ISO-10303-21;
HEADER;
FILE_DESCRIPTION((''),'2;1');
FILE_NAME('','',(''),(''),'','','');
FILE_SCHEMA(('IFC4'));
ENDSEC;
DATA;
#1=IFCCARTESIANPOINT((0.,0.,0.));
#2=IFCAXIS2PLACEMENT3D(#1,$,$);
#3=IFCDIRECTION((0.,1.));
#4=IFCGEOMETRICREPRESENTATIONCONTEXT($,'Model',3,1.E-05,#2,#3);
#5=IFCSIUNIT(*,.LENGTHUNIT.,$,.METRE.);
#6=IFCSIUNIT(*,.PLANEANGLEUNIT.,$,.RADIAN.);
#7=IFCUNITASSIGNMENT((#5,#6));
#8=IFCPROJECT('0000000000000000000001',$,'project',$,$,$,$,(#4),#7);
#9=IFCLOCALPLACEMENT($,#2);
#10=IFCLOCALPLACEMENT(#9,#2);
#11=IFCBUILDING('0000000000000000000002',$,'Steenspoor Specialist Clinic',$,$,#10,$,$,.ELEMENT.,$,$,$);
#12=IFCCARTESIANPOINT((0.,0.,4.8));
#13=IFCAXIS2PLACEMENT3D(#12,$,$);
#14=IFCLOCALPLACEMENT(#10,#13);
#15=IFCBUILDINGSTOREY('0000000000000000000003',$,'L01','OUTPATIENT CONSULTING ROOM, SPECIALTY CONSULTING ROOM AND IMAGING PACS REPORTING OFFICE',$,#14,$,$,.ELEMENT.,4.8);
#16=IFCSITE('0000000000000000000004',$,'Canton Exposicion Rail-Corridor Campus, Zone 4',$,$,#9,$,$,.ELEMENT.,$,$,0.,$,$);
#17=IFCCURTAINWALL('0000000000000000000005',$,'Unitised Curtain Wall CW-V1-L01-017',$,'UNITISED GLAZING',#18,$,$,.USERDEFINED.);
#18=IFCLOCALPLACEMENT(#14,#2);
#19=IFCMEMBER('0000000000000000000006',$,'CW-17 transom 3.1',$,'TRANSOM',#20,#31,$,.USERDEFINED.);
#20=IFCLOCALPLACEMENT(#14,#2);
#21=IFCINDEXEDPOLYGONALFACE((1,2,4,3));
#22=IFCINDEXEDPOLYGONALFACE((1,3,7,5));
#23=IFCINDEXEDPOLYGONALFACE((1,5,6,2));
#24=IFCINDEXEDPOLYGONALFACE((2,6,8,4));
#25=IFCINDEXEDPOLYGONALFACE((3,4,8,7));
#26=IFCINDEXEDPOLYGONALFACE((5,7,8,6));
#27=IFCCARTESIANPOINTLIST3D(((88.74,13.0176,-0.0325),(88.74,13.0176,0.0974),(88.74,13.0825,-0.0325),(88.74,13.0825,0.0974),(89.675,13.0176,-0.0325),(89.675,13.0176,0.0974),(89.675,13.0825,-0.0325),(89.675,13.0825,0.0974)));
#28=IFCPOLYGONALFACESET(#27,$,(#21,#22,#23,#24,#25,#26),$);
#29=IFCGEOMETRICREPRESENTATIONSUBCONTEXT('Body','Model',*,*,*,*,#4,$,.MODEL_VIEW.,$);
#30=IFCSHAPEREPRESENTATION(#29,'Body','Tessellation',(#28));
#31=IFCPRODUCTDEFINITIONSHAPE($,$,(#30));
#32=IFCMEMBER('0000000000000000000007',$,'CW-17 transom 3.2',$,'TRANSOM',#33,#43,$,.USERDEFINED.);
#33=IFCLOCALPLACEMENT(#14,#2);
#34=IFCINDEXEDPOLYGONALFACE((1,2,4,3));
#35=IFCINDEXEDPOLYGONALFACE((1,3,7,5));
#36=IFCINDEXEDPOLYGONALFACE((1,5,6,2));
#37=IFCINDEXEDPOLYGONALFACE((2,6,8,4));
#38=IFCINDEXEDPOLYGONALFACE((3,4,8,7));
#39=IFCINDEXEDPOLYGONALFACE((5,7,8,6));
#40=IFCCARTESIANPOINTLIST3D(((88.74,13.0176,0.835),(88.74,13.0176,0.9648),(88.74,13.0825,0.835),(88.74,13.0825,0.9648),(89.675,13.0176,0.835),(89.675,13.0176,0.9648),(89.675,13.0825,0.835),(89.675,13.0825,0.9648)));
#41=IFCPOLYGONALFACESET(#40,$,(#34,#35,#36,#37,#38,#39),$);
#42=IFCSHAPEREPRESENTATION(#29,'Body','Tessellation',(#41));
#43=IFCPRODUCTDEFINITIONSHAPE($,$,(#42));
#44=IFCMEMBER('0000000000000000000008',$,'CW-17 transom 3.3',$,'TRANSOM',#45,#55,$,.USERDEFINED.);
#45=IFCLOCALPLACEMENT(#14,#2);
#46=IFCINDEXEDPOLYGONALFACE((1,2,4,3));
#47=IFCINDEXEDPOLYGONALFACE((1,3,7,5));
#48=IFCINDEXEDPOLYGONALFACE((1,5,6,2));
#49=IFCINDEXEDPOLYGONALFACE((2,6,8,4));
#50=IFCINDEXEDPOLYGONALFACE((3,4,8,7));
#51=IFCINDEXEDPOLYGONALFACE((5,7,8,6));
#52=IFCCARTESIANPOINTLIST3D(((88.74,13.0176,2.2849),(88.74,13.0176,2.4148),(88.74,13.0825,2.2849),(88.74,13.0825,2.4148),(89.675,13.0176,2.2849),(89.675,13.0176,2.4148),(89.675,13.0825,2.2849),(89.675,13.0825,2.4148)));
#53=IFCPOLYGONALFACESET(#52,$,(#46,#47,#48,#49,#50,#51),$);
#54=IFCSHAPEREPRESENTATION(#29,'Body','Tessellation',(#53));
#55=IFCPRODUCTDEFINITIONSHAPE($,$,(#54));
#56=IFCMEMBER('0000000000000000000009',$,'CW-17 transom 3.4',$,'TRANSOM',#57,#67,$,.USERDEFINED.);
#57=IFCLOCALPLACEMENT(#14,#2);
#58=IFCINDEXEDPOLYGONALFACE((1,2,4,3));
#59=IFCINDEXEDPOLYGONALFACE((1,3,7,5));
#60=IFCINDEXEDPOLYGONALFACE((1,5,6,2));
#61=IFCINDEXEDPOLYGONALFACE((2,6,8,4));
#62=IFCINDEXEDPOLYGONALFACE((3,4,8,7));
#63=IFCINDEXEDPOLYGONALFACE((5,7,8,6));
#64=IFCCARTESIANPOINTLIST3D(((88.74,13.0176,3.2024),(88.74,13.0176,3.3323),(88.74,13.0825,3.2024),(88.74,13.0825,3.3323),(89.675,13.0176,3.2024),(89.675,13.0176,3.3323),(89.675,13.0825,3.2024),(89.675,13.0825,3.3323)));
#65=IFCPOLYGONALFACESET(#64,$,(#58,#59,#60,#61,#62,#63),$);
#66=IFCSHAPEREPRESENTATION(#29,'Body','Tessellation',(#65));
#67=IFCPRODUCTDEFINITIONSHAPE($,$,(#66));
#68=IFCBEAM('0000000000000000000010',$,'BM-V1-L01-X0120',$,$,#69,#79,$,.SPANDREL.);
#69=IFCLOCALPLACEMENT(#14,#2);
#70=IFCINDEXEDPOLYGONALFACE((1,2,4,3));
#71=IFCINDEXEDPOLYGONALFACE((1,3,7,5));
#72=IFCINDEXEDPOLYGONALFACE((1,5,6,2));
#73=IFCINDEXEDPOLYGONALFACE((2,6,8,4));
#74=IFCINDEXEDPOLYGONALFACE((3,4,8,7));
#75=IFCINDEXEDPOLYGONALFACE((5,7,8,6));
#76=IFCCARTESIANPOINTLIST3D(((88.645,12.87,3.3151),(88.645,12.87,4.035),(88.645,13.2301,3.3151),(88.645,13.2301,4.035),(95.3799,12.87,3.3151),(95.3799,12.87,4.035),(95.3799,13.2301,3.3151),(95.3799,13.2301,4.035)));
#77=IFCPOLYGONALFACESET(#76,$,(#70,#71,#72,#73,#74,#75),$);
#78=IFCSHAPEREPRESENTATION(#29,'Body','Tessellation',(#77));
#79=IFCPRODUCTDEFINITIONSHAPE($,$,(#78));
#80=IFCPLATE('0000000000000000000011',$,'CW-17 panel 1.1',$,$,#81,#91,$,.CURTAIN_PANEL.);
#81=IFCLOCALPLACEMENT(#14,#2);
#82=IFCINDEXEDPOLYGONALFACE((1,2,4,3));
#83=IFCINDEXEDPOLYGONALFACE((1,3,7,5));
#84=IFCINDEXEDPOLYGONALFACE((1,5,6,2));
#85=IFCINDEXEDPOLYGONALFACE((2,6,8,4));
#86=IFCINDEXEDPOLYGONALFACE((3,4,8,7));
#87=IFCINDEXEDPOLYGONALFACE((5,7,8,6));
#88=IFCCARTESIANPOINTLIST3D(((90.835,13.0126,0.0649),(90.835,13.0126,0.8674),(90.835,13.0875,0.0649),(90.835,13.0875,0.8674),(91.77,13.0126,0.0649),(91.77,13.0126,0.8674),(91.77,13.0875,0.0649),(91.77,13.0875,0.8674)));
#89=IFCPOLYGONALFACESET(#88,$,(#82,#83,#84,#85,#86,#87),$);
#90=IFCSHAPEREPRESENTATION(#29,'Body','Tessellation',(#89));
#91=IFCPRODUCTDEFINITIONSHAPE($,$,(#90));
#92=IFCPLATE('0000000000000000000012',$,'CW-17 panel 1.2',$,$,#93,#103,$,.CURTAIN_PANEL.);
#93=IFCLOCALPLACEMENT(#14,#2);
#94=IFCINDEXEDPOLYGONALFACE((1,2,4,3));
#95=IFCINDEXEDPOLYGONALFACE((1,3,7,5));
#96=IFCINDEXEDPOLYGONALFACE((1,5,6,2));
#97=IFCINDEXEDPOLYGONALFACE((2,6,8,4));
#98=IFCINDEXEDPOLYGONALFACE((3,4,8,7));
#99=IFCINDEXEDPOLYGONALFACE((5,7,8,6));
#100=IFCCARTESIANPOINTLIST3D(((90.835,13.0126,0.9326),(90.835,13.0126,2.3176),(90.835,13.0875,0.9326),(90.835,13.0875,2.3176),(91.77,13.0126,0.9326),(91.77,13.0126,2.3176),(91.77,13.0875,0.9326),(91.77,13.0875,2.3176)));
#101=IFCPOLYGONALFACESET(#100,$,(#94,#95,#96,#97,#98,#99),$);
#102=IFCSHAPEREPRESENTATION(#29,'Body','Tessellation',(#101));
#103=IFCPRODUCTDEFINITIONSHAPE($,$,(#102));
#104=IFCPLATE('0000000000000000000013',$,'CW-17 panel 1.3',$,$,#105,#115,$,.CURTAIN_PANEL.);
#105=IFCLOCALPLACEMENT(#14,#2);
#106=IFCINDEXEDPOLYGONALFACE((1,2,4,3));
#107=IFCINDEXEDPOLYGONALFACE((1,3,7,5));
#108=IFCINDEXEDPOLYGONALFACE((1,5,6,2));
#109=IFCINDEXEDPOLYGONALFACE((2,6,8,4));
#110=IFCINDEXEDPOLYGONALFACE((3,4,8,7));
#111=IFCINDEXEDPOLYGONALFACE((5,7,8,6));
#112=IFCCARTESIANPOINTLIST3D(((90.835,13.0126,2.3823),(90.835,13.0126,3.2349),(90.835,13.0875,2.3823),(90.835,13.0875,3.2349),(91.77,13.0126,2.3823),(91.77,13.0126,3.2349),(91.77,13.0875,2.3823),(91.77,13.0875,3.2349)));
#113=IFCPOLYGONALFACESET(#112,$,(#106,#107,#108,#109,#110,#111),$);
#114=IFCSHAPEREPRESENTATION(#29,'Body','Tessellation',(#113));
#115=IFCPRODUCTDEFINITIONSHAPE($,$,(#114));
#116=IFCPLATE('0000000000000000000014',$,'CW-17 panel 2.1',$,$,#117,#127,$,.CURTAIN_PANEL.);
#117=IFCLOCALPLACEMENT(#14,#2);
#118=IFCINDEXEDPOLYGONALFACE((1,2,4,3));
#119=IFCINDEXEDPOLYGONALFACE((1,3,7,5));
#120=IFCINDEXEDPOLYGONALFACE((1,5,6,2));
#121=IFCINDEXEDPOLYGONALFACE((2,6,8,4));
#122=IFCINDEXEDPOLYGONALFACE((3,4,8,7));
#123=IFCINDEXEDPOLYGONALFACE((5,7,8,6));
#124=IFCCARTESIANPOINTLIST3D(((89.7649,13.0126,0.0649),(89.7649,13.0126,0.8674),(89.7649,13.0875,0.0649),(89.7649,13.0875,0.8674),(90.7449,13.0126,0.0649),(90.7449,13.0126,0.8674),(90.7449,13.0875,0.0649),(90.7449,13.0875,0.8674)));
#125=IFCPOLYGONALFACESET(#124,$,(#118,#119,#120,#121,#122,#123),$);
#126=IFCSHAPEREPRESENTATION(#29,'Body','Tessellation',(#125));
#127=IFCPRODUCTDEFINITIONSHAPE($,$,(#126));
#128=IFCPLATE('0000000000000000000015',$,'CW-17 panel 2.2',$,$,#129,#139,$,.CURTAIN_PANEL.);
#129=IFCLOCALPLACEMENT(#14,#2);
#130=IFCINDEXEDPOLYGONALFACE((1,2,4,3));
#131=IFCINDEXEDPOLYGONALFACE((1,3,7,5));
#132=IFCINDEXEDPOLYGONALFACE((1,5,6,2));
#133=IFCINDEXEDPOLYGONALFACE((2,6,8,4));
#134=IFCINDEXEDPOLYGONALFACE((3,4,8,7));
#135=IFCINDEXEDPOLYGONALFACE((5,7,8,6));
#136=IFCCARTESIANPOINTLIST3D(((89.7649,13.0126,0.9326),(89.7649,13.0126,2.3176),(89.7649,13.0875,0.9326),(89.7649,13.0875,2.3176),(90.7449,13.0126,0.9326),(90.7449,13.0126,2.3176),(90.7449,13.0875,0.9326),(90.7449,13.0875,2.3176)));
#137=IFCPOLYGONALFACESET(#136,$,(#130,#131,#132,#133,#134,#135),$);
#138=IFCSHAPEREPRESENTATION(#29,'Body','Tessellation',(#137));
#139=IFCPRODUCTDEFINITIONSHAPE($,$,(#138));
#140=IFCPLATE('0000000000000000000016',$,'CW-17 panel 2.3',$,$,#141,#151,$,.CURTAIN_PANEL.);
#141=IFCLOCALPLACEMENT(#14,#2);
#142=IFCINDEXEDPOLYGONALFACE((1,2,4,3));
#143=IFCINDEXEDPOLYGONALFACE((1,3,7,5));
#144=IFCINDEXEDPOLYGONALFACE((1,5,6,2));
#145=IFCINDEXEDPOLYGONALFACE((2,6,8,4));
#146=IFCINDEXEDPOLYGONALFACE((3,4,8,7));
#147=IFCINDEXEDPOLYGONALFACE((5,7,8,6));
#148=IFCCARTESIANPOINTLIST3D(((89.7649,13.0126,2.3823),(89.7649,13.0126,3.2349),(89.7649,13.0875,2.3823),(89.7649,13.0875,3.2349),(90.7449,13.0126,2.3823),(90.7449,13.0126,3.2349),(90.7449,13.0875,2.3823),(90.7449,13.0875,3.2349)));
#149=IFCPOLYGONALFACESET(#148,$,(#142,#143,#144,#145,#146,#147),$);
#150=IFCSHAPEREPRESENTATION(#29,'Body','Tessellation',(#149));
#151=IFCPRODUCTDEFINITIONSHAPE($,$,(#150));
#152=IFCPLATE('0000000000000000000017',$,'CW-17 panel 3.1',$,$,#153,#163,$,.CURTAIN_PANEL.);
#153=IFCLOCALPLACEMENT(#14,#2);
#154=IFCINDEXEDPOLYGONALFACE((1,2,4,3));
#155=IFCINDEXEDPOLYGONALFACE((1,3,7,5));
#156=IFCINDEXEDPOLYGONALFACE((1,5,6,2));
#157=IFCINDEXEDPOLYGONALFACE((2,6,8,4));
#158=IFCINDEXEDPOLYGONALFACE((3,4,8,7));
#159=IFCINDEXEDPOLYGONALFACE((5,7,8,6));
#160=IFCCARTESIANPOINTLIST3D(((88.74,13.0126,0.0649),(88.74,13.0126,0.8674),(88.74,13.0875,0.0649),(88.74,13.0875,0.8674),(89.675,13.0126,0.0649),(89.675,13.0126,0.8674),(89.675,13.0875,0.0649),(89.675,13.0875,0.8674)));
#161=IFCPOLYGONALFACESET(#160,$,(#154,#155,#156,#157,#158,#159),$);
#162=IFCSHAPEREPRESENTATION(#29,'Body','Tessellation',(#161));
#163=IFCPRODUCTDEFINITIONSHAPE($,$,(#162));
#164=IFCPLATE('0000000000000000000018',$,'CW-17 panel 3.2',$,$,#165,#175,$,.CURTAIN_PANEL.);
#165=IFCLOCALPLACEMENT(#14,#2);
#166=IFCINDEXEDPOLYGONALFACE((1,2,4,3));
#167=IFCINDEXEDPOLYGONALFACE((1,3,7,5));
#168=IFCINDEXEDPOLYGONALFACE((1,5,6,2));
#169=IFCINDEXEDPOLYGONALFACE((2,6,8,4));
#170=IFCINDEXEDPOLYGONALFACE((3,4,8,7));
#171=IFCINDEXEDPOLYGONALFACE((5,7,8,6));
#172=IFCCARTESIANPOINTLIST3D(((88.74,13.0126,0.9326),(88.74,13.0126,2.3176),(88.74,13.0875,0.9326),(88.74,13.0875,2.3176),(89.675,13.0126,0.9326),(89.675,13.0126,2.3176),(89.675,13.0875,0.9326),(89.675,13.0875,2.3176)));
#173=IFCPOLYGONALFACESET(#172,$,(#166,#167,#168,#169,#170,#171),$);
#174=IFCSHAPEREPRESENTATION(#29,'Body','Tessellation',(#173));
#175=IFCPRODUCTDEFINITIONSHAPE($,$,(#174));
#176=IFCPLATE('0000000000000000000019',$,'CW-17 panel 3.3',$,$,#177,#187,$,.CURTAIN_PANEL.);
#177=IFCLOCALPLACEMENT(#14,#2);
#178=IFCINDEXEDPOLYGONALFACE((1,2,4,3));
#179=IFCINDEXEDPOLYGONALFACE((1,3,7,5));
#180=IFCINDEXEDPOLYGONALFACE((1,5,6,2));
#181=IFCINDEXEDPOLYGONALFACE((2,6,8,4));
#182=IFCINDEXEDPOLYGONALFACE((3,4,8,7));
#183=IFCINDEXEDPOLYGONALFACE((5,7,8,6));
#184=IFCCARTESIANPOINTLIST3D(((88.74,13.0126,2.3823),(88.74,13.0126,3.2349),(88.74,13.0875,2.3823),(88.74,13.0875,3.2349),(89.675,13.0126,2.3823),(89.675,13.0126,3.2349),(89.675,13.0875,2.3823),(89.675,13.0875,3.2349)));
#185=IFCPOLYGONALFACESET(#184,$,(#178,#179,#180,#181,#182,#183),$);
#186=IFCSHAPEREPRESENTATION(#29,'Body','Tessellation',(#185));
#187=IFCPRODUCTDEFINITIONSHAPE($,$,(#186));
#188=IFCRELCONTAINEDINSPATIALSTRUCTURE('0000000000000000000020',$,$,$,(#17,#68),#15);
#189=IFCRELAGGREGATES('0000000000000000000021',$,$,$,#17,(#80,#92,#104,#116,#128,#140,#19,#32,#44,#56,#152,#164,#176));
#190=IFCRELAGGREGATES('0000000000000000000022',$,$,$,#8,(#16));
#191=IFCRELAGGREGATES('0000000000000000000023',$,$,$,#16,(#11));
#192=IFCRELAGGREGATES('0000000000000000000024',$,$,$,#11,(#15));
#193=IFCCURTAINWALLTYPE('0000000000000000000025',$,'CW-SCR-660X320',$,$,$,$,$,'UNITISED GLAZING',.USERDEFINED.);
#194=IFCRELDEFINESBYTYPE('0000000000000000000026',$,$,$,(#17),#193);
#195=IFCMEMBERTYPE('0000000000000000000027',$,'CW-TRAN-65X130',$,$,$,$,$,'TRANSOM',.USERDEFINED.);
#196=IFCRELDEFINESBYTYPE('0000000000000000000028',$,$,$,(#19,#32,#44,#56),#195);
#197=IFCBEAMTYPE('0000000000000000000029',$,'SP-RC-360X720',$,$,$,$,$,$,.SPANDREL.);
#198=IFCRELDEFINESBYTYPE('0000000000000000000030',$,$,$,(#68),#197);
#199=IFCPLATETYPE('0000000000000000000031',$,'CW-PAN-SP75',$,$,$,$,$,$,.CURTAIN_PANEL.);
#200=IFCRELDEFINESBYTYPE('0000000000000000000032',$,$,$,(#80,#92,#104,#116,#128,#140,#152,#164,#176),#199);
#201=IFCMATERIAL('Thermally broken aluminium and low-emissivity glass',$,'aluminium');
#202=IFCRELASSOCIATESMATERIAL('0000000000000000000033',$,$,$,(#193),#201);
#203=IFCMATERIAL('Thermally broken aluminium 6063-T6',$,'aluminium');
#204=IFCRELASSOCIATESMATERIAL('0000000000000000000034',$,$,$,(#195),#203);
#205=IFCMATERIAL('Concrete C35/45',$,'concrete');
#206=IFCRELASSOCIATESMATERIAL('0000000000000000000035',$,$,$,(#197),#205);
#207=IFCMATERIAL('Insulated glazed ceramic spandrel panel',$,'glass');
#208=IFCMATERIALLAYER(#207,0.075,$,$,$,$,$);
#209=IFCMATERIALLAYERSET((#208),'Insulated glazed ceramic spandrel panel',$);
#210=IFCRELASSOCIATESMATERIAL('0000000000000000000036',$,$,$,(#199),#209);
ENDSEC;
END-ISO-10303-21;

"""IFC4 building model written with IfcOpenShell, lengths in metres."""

from ifc_helpers import new_model, si_unit, direction, frame, origin, origin_2d, place, context, subcontext, project, spatial, rectangle, extrude, material, layer, layer_set, material_profile, profile_set, type_object, element, aggregate, save


model = new_model("IFC4")

# Units and contexts
model_context = context("Model", 3, precision=1e-05, world=origin(), true_north=direction((0.0, 1.0)))
body_context = subcontext(model_context, "Body", "Model", "MODEL_VIEW")
ifc_project = project(units=[si_unit("LENGTHUNIT", "METRE"), si_unit("PLANEANGLEUNIT", "RADIAN")], contexts=[model_context])

# Site, building, storey
site_placement = place(None, origin())
site = spatial("IfcSite", under=ifc_project, at=site_placement, Name="Canton Exposicion Rail-Corridor Campus, Zone 4", CompositionType="ELEMENT", RefElevation=0.0)
building_placement = place(site_placement, origin())
building = spatial("IfcBuilding", under=site, at=building_placement, Name="Steenspoor Specialist Clinic", CompositionType="ELEMENT")
storey_placement = place(building_placement, frame((0.0, 0.0, 4.8)))
storey = spatial("IfcBuildingStorey", under=building, at=storey_placement, Name="L01", Description="OUTPATIENT CONSULTING ROOM, SPECIALTY CONSULTING ROOM AND IMAGING PACS REPORTING OFFICE", CompositionType="ELEMENT", Elevation=4.8)

# Curtain wall, members
ifc_material_1 = material(Name="Thermally broken aluminium and low-emissivity glass", Category="aluminium")
curtain_wall_type = type_object("IfcCurtainWallType", Name="CW-SCR-660X320", ElementType="UNITISED GLAZING", PredefinedType="USERDEFINED", material=ifc_material_1)
curtain_wall_placement = place(storey_placement, origin())
curtain_wall = element("IfcCurtainWall", 1, at=curtain_wall_placement, inside=storey, type_object=curtain_wall_type, Name="Unitised Curtain Wall CW-V1-L01-017", ObjectType="UNITISED GLAZING", PredefinedType="USERDEFINED")
ifc_material_2 = material(Name="Thermally broken aluminium 6063-T6", Category="aluminium")
ifc_material_profile_1 = material_profile(ifc_material_2, rectangle(XDim=0.0649, YDim=0.1299, at=origin_2d()), Name="CWT-65X130")
ifc_profile_set_1 = profile_set([ifc_material_profile_1], Name="Thermally broken aluminium 6063-T6")
member_type_1 = type_object("IfcMemberType", Name="CW-TRAN-65X130", ElementType="TRANSOM", PredefinedType="USERDEFINED", material=ifc_profile_set_1)
member_1_placement = place(storey_placement, frame((89.675, 13.05, 0.0325), z_axis=(-1.0, 0.0, 0.0), x_axis=(0.0, -1.0, 0.0)))
member_1 = element("IfcMember", 2, at=member_1_placement, type_object=member_type_1, Name="CW-17 transom 3.1", ObjectType="TRANSOM", PredefinedType="USERDEFINED", context=body_context, shape_type="SweptSolid", body=[
    extrude(rectangle(XDim=0.0649, YDim=0.1299, at=origin_2d()), origin(), (0.0, 0.0, 1.0), 0.9351),
])
member_2_placement = place(storey_placement, frame((89.675, 13.05, 0.8999), z_axis=(-1.0, 0.0, 0.0), x_axis=(0.0, -1.0, 0.0)))
member_2 = element("IfcMember", 3, at=member_2_placement, type_object=member_type_1, Name="CW-17 transom 3.2", ObjectType="TRANSOM", PredefinedType="USERDEFINED", context=body_context, shape_type="SweptSolid", body=[
    extrude(rectangle(XDim=0.0649, YDim=0.1299, at=origin_2d()), origin(), (0.0, 0.0, 1.0), 0.9351),
])
member_3_placement = place(storey_placement, frame((89.675, 13.05, 2.3499), z_axis=(-1.0, 0.0, 0.0), x_axis=(0.0, -1.0, 0.0)))
member_3 = element("IfcMember", 4, at=member_3_placement, type_object=member_type_1, Name="CW-17 transom 3.3", ObjectType="TRANSOM", PredefinedType="USERDEFINED", context=body_context, shape_type="SweptSolid", body=[
    extrude(rectangle(XDim=0.0649, YDim=0.1299, at=origin_2d()), origin(), (0.0, 0.0, 1.0), 0.9351),
])
member_4_placement = place(storey_placement, frame((89.675, 13.05, 3.2673), z_axis=(-1.0, 0.0, 0.0), x_axis=(0.0, -1.0, 0.0)))
member_4 = element("IfcMember", 5, at=member_4_placement, type_object=member_type_1, Name="CW-17 transom 3.4", ObjectType="TRANSOM", PredefinedType="USERDEFINED", context=body_context, shape_type="SweptSolid", body=[
    extrude(rectangle(XDim=0.0649, YDim=0.1299, at=origin_2d()), origin(), (0.0, 0.0, 1.0), 0.9351),
])

# Beam
ifc_material_3 = material(Name="Concrete C35/45", Category="concrete")
ifc_material_profile_2 = material_profile(ifc_material_3, rectangle(XDim=0.3601, YDim=0.72, at=origin_2d()), Name="RC-SP-360X720")
ifc_profile_set_2 = profile_set([ifc_material_profile_2], Name="Concrete C35/45")
beam_type = type_object("IfcBeamType", Name="SP-RC-360X720", PredefinedType="SPANDREL", material=ifc_profile_set_2)
beam_placement = place(storey_placement, frame((88.645, 13.05, 3.675), z_axis=(1.0, 0.0, 0.0), x_axis=(0.0, 1.0, 0.0)))
element("IfcBeam", 6, at=beam_placement, inside=storey, type_object=beam_type, Name="BM-V1-L01-X0120", PredefinedType="SPANDREL", context=body_context, shape_type="SweptSolid", body=[
    extrude(rectangle(XDim=0.3601, YDim=0.72, at=origin_2d()), origin(), (0.0, 0.0, 1.0), 6.7349),
])

# Plates
ifc_material_4 = material(Name="Insulated glazed ceramic spandrel panel", Category="glass")
ifc_layer_1 = layer(ifc_material_4, 0.075)
ifc_layer_set_1 = layer_set([ifc_layer_1], Name="Insulated glazed ceramic spandrel panel")
plate_type = type_object("IfcPlateType", Name="CW-PAN-SP75", PredefinedType="CURTAIN_PANEL", material=ifc_layer_set_1)
plate_1_placement = place(storey_placement, frame((91.3025, 13.05, 0.0649), z_axis=(0.0, 0.0, 1.0), x_axis=(-1.0, 0.0, 0.0)))
plate_1 = element("IfcPlate", 7, at=plate_1_placement, type_object=plate_type, Name="CW-17 panel 1.1", PredefinedType="CURTAIN_PANEL", context=body_context, shape_type="SweptSolid", body=[
    extrude(rectangle(XDim=0.9351, YDim=0.075, at=origin_2d()), origin(), (0.0, 0.0, 1.0), 0.8025),
])
plate_2_placement = place(storey_placement, frame((91.3025, 13.05, 0.9326), z_axis=(0.0, 0.0, 1.0), x_axis=(-1.0, 0.0, 0.0)))
plate_2 = element("IfcPlate", 8, at=plate_2_placement, type_object=plate_type, Name="CW-17 panel 1.2", PredefinedType="CURTAIN_PANEL", context=body_context, shape_type="SweptSolid", body=[
    extrude(rectangle(XDim=0.9351, YDim=0.075, at=origin_2d()), origin(), (0.0, 0.0, 1.0), 1.385),
])
plate_3_placement = place(storey_placement, frame((91.3025, 13.05, 2.3823), z_axis=(0.0, 0.0, 1.0), x_axis=(-1.0, 0.0, 0.0)))
plate_3 = element("IfcPlate", 9, at=plate_3_placement, type_object=plate_type, Name="CW-17 panel 1.3", PredefinedType="CURTAIN_PANEL", context=body_context, shape_type="SweptSolid", body=[
    extrude(rectangle(XDim=0.9351, YDim=0.075, at=origin_2d()), origin(), (0.0, 0.0, 1.0), 0.8525),
])
plate_4_placement = place(storey_placement, frame((90.2549, 13.05, 0.0649), z_axis=(0.0, 0.0, 1.0), x_axis=(-1.0, 0.0, 0.0)))
plate_4 = element("IfcPlate", 10, at=plate_4_placement, type_object=plate_type, Name="CW-17 panel 2.1", PredefinedType="CURTAIN_PANEL", context=body_context, shape_type="SweptSolid", body=[
    extrude(rectangle(XDim=0.98, YDim=0.075, at=origin_2d()), origin(), (0.0, 0.0, 1.0), 0.8025),
])
plate_5_placement = place(storey_placement, frame((90.2549, 13.05, 0.9326), z_axis=(0.0, 0.0, 1.0), x_axis=(-1.0, 0.0, 0.0)))
plate_5 = element("IfcPlate", 11, at=plate_5_placement, type_object=plate_type, Name="CW-17 panel 2.2", PredefinedType="CURTAIN_PANEL", context=body_context, shape_type="SweptSolid", body=[
    extrude(rectangle(XDim=0.98, YDim=0.075, at=origin_2d()), origin(), (0.0, 0.0, 1.0), 1.385),
])
plate_6_placement = place(storey_placement, frame((90.2549, 13.05, 2.3823), z_axis=(0.0, 0.0, 1.0), x_axis=(-1.0, 0.0, 0.0)))
plate_6 = element("IfcPlate", 12, at=plate_6_placement, type_object=plate_type, Name="CW-17 panel 2.3", PredefinedType="CURTAIN_PANEL", context=body_context, shape_type="SweptSolid", body=[
    extrude(rectangle(XDim=0.98, YDim=0.075, at=origin_2d()), origin(), (0.0, 0.0, 1.0), 0.8525),
])
plate_7_placement = place(storey_placement, frame((89.2075, 13.05, 0.0649), z_axis=(0.0, 0.0, 1.0), x_axis=(-1.0, 0.0, 0.0)))
plate_7 = element("IfcPlate", 13, at=plate_7_placement, type_object=plate_type, Name="CW-17 panel 3.1", PredefinedType="CURTAIN_PANEL", context=body_context, shape_type="SweptSolid", body=[
    extrude(rectangle(XDim=0.9351, YDim=0.075, at=origin_2d()), origin(), (0.0, 0.0, 1.0), 0.8025),
])
plate_8_placement = place(storey_placement, frame((89.2075, 13.05, 0.9326), z_axis=(0.0, 0.0, 1.0), x_axis=(-1.0, 0.0, 0.0)))
plate_8 = element("IfcPlate", 14, at=plate_8_placement, type_object=plate_type, Name="CW-17 panel 3.2", PredefinedType="CURTAIN_PANEL", context=body_context, shape_type="SweptSolid", body=[
    extrude(rectangle(XDim=0.9351, YDim=0.075, at=origin_2d()), origin(), (0.0, 0.0, 1.0), 1.385),
])
plate_9_placement = place(storey_placement, frame((89.2075, 13.05, 2.3823), z_axis=(0.0, 0.0, 1.0), x_axis=(-1.0, 0.0, 0.0)))
plate_9 = element("IfcPlate", 15, at=plate_9_placement, type_object=plate_type, Name="CW-17 panel 3.3", PredefinedType="CURTAIN_PANEL", context=body_context, shape_type="SweptSolid", body=[
    extrude(rectangle(XDim=0.9351, YDim=0.075, at=origin_2d()), origin(), (0.0, 0.0, 1.0), 0.8525),
])
aggregate(curtain_wall, [plate_1, plate_2, plate_3, plate_4, plate_5, plate_6, member_1, member_2, member_3, member_4, plate_7, plate_8, plate_9])

save(model, "model.ifc")
